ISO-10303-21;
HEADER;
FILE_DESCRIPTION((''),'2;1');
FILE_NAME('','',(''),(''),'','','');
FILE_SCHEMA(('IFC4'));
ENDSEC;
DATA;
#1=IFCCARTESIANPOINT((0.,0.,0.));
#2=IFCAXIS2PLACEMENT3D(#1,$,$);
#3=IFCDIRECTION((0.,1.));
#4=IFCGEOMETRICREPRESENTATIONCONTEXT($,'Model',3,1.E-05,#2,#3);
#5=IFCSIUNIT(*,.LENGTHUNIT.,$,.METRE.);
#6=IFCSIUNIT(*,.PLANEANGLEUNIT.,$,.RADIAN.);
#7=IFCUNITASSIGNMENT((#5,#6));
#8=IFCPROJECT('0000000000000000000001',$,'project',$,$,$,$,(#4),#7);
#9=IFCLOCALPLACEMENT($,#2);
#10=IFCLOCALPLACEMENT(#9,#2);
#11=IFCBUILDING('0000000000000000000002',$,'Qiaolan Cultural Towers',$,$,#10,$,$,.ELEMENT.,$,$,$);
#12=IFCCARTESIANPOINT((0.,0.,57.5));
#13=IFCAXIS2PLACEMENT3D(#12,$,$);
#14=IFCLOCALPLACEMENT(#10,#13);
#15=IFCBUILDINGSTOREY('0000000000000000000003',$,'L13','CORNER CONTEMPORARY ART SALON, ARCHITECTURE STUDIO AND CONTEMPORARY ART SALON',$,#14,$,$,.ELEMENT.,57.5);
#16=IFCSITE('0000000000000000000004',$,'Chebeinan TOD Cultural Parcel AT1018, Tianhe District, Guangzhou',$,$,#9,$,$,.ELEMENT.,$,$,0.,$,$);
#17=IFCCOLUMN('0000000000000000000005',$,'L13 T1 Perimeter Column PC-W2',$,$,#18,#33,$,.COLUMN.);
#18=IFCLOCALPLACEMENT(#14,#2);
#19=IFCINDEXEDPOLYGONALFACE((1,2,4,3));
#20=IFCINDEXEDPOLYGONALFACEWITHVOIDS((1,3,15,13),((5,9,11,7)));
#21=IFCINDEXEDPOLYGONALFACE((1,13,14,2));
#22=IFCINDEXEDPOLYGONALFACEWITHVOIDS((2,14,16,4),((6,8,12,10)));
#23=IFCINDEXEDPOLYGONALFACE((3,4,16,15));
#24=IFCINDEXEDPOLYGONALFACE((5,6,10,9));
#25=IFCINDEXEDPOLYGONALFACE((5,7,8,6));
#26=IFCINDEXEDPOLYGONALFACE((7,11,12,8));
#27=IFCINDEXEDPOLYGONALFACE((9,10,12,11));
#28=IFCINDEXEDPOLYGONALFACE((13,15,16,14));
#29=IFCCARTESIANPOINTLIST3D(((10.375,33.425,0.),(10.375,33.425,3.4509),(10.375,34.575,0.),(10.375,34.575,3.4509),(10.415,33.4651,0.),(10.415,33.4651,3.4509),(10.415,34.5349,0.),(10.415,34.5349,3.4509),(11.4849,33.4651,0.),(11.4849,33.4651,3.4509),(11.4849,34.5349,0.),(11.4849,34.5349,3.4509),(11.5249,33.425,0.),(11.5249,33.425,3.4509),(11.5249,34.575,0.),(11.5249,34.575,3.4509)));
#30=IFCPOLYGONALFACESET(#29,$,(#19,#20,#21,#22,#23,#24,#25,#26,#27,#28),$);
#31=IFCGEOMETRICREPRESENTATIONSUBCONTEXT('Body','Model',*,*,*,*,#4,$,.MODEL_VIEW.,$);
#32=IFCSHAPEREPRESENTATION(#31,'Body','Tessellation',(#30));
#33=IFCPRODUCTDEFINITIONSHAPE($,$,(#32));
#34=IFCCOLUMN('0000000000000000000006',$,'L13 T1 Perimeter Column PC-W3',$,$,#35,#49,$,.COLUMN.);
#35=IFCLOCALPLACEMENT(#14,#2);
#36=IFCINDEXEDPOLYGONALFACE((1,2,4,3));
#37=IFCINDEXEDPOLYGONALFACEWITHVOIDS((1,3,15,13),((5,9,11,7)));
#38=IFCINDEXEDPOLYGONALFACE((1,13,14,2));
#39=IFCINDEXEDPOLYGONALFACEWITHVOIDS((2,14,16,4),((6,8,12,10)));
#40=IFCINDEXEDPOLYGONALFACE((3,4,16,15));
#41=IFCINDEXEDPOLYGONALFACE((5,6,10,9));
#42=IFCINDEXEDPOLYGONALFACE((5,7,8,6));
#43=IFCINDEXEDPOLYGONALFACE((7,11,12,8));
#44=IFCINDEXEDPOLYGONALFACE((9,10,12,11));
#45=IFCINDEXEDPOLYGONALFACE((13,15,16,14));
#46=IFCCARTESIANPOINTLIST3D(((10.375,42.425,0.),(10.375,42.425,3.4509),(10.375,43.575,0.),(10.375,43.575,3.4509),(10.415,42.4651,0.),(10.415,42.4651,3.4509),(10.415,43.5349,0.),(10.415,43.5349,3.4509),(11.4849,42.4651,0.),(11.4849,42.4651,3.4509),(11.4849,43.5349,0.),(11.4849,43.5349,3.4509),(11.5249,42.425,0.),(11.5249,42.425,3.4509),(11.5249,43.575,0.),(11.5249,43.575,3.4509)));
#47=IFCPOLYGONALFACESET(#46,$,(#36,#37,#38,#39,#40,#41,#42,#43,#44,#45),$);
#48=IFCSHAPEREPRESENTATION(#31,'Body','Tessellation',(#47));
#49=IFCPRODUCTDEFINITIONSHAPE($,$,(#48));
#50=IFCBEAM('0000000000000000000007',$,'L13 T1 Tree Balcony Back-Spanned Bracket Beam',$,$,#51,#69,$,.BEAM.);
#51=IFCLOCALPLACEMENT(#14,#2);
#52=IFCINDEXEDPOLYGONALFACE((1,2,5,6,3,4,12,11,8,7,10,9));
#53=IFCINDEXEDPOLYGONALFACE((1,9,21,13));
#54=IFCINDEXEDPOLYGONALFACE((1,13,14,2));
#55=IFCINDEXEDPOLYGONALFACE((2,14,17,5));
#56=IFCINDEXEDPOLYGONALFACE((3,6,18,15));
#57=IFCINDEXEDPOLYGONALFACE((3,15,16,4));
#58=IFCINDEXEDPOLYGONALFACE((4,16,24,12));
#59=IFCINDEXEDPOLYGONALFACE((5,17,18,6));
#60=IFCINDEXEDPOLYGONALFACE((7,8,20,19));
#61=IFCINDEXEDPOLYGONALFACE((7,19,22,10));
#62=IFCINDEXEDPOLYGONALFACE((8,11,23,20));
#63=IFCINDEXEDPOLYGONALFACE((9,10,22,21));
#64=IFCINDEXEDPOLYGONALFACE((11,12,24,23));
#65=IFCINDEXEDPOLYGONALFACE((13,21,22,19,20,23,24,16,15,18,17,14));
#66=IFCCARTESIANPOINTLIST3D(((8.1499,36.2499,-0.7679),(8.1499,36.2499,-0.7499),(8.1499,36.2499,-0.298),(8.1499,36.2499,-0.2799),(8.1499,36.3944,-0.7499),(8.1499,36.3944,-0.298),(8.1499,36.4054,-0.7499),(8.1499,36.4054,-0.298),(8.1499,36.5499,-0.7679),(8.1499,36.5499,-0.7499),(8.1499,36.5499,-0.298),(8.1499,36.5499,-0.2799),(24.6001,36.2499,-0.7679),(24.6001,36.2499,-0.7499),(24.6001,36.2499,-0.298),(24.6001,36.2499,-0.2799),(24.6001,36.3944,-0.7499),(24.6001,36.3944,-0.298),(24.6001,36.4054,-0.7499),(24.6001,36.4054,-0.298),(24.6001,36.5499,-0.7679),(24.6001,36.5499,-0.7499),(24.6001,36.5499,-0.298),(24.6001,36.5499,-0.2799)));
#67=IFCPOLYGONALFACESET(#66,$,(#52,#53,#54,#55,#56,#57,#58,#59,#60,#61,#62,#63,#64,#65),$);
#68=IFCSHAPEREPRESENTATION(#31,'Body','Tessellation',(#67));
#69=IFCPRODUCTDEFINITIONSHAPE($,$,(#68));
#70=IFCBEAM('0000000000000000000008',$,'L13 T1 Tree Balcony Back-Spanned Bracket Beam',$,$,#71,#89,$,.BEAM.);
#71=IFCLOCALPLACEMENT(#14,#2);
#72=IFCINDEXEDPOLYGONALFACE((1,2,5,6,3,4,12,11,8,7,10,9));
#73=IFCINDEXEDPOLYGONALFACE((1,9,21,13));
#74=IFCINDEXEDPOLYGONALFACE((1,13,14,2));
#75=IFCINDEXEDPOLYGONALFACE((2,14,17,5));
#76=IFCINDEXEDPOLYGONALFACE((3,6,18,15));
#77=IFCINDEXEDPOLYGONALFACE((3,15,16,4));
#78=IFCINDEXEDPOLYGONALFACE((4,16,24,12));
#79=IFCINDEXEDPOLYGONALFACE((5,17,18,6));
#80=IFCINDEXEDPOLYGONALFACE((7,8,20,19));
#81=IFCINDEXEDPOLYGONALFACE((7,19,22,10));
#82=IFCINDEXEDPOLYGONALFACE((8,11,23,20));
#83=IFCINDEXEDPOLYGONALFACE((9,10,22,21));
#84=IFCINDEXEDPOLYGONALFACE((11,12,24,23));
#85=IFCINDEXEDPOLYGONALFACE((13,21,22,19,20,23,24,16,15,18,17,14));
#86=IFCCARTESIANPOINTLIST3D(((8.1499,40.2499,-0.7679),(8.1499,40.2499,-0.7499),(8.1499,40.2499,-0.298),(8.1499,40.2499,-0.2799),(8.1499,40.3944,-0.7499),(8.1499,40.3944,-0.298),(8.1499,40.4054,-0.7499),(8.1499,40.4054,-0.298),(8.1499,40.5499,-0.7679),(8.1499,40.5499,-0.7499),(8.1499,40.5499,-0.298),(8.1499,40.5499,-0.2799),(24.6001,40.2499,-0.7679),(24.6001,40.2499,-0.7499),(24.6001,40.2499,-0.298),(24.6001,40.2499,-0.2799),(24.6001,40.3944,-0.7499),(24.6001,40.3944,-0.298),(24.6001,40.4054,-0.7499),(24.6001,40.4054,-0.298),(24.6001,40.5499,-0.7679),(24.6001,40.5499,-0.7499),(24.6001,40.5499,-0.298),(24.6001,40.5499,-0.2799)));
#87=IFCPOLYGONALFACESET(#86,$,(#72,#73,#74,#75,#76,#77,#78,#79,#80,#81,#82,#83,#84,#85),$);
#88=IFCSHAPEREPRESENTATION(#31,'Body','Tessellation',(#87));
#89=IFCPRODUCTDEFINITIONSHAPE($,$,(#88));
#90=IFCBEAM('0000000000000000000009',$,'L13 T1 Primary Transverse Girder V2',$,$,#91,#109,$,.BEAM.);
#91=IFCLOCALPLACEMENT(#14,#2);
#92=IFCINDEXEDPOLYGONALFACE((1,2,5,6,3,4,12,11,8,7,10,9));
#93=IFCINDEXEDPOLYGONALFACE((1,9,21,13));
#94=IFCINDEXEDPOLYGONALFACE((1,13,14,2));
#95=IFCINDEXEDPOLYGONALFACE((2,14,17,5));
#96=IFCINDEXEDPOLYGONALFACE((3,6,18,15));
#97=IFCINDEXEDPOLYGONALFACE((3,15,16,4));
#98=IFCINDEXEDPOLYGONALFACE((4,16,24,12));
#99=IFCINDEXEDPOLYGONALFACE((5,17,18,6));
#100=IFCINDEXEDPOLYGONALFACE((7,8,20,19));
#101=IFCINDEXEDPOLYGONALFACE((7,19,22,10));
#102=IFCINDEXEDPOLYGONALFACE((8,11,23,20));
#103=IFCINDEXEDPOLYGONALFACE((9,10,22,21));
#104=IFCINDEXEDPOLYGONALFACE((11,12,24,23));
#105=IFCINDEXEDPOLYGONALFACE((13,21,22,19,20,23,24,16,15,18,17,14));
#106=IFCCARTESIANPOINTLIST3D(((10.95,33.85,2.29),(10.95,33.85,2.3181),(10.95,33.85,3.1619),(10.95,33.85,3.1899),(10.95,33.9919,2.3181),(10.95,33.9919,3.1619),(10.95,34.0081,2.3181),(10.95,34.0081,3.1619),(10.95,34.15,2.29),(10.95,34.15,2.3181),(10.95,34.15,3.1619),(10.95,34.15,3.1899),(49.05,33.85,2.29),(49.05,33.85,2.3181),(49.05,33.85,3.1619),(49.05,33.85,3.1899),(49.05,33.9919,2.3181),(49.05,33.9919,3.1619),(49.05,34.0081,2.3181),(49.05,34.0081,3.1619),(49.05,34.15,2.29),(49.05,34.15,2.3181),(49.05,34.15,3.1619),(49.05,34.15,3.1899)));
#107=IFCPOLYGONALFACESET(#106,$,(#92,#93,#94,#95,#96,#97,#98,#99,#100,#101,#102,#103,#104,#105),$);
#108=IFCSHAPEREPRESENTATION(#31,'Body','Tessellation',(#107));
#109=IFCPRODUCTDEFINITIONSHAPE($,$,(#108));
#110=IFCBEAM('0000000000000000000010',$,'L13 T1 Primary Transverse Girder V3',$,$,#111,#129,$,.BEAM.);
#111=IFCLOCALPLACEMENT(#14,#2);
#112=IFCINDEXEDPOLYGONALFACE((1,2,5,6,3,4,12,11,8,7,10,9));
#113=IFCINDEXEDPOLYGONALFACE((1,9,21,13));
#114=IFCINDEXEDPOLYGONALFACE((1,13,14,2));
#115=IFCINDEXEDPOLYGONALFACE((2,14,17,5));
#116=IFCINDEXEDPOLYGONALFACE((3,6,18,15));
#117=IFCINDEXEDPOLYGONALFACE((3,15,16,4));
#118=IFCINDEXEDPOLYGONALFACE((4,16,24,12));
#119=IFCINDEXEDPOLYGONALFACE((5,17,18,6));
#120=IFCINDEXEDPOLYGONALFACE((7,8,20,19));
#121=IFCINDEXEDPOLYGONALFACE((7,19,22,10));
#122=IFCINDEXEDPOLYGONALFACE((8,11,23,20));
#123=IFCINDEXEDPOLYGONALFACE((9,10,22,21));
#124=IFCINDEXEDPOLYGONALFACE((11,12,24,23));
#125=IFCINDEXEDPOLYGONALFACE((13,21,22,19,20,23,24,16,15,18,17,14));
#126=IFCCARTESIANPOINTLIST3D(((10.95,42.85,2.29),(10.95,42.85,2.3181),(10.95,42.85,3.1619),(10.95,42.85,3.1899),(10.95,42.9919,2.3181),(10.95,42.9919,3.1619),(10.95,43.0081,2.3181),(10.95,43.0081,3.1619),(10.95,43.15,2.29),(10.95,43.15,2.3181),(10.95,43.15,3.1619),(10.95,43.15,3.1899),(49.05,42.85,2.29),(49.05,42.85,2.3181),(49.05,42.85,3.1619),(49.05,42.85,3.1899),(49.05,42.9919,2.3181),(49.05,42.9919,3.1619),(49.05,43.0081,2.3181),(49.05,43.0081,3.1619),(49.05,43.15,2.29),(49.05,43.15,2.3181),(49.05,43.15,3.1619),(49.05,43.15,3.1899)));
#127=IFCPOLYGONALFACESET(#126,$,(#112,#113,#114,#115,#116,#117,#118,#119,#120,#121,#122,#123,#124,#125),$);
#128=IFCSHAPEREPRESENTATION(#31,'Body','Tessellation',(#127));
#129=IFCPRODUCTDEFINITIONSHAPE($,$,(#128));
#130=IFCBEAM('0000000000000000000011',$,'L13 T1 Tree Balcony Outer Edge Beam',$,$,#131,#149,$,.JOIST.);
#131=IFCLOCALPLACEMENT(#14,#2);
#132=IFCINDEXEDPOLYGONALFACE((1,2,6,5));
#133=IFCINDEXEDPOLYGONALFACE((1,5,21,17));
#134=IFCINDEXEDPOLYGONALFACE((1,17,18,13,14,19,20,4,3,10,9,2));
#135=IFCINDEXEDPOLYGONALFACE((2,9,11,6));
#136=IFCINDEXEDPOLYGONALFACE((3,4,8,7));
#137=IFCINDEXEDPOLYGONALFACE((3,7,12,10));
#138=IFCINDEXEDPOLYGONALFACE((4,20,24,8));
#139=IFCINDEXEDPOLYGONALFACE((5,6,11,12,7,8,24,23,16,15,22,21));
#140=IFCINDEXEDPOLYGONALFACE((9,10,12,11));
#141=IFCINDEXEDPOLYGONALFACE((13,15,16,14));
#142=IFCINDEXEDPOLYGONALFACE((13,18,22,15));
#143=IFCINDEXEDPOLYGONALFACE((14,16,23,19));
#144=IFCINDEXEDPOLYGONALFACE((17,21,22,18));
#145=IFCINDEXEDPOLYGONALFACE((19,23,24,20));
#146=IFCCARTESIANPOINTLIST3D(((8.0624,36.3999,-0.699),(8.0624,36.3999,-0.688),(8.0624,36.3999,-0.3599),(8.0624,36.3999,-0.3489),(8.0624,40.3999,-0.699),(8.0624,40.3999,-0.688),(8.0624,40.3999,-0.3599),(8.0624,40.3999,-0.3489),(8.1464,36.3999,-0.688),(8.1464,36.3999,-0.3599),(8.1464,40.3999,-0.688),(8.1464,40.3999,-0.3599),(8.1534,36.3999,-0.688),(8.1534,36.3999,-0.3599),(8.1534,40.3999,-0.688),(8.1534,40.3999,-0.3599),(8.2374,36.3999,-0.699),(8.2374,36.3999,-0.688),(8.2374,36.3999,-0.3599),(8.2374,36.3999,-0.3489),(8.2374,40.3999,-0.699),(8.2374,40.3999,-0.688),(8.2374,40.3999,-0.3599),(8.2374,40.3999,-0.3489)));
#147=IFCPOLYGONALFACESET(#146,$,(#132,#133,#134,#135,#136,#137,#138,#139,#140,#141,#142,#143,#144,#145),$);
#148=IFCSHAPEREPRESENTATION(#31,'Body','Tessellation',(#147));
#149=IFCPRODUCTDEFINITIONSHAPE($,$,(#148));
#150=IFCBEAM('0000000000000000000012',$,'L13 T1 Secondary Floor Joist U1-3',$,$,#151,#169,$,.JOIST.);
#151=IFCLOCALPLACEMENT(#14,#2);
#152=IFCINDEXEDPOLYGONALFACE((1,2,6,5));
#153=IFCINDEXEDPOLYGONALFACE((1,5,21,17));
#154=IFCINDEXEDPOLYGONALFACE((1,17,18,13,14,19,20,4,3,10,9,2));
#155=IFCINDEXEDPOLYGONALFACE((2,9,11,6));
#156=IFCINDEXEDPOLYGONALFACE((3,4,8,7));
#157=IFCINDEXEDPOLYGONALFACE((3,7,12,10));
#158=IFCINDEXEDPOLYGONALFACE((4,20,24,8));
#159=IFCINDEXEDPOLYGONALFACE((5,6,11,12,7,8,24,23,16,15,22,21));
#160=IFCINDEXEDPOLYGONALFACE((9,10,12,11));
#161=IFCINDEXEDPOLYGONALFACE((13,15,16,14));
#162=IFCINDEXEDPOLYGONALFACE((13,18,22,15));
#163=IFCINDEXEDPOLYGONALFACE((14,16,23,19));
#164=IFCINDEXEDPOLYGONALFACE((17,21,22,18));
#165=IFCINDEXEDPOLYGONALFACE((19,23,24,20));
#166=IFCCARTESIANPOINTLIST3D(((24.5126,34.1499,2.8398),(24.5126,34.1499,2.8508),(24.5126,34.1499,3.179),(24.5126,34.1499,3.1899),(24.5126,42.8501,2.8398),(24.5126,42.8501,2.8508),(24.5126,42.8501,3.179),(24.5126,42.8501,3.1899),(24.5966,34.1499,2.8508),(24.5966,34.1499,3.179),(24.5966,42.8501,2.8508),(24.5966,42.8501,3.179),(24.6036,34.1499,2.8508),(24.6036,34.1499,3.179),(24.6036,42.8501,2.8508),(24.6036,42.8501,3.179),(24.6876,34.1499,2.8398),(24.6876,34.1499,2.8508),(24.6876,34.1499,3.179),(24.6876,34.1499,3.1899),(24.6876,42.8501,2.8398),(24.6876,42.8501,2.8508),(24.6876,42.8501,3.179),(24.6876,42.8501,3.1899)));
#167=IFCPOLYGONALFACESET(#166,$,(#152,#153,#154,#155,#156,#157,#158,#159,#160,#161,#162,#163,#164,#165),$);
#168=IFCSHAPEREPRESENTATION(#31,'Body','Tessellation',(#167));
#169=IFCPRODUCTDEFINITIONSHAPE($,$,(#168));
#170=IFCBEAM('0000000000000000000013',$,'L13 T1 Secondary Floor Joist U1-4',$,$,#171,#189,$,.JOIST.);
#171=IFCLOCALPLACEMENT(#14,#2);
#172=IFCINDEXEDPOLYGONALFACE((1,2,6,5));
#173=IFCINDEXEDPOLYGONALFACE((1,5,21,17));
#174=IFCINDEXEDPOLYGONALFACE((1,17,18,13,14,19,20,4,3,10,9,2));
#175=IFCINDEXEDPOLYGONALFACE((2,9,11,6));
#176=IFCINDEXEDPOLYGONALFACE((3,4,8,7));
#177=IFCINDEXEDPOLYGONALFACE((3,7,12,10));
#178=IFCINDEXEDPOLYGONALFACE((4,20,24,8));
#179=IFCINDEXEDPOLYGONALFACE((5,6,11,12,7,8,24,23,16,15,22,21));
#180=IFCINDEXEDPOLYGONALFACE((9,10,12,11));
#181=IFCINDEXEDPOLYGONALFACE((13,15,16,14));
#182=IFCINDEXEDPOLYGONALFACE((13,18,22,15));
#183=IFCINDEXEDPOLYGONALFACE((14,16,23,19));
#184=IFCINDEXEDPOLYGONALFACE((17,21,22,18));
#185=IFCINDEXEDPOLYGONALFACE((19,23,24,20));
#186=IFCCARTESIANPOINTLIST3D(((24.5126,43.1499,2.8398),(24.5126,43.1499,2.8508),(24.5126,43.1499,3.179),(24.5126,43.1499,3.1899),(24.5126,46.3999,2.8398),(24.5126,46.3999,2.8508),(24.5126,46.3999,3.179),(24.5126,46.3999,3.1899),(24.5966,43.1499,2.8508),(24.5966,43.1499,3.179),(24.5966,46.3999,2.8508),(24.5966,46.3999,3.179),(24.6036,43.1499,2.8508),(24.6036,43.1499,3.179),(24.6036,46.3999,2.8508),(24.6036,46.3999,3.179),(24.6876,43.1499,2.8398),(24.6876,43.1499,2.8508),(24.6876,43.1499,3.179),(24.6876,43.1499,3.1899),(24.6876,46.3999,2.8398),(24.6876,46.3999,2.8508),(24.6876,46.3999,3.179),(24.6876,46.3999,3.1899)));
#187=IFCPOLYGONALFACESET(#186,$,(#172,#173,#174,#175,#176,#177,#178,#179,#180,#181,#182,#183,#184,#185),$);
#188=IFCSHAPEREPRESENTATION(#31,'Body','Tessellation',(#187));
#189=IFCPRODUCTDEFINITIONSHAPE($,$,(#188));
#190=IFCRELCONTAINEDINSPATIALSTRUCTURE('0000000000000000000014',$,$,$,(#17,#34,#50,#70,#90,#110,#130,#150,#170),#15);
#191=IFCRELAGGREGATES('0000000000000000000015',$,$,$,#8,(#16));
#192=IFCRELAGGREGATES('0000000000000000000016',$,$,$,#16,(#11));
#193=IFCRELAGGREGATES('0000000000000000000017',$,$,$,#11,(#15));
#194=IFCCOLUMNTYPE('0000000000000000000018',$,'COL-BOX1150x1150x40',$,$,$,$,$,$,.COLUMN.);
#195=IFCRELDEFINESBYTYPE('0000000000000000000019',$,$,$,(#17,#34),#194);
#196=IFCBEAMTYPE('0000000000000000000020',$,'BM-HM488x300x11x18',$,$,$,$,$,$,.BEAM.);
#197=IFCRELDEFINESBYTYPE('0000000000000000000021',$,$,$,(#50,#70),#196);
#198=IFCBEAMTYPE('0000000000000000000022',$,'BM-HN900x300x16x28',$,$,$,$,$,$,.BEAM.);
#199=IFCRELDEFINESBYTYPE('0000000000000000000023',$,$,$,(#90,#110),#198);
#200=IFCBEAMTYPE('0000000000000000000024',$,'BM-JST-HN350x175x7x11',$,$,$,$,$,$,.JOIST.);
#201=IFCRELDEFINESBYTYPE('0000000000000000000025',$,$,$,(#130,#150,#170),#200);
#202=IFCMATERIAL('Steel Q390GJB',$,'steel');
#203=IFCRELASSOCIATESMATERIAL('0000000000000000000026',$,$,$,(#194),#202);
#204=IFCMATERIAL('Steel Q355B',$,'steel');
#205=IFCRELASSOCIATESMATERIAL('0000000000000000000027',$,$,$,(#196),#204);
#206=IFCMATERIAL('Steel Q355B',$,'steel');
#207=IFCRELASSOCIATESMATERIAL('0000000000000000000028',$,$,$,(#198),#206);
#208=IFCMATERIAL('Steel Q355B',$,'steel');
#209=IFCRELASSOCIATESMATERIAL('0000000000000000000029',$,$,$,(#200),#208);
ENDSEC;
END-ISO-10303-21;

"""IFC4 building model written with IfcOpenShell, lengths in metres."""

from ifc_helpers import new_model, si_unit, direction, frame, origin, origin_2d, place, context, subcontext, project, spatial, hollow_rectangle, i_section, extrude, material, material_profile, profile_set, type_object, element, save


model = new_model("IFC4")

# Units and contexts
model_context = context("Model", 3, precision=1e-05, world=origin(), true_north=direction((0.0, 1.0)))
body_context = subcontext(model_context, "Body", "Model", "MODEL_VIEW")
ifc_project = project(units=[si_unit("LENGTHUNIT", "METRE"), si_unit("PLANEANGLEUNIT", "RADIAN")], contexts=[model_context])

# Site, building, storey
site_placement = place(None, origin())
site = spatial("IfcSite", under=ifc_project, at=site_placement, Name="Chebeinan TOD Cultural Parcel AT1018, Tianhe District, Guangzhou", CompositionType="ELEMENT", RefElevation=0.0)
building_placement = place(site_placement, origin())
building = spatial("IfcBuilding", under=site, at=building_placement, Name="Qiaolan Cultural Towers", CompositionType="ELEMENT")
storey_placement = place(building_placement, frame((0.0, 0.0, 57.5)))
storey = spatial("IfcBuildingStorey", under=building, at=storey_placement, Name="L13", Description="CORNER CONTEMPORARY ART SALON, ARCHITECTURE STUDIO AND CONTEMPORARY ART SALON", CompositionType="ELEMENT", Elevation=57.5)

# Columns
ifc_material_1 = material(Name="Steel Q390GJB", Category="steel")
ifc_material_profile_1 = material_profile(ifc_material_1, hollow_rectangle(XDim=1.1499, YDim=1.1499, WallThickness=0.04, at=origin_2d()), Name="BOX1150x1150x40")
ifc_profile_set_1 = profile_set([ifc_material_profile_1], Name="Steel Q390GJB")
column_type = type_object("IfcColumnType", Name="COL-BOX1150x1150x40", PredefinedType="COLUMN", material=ifc_profile_set_1)
for number, where, z_axis, x_axis, name in (
    (1, (10.95, 34.0, 0.0), (0.0, 0.0, 1.0), (1.0, 0.0, 0.0), "L13 T1 Perimeter Column PC-W2"),
    (2, (10.95, 43.0, 0.0), (0.0, 0.0, 1.0), (1.0, 0.0, 0.0), "L13 T1 Perimeter Column PC-W3"),
):
    element("IfcColumn", number, at=place(storey_placement, frame(where, z_axis=z_axis, x_axis=x_axis)), inside=storey, type_object=column_type, Name=name, PredefinedType="COLUMN", context=body_context, shape_type="SweptSolid", body=[
        extrude(hollow_rectangle(XDim=1.1499, YDim=1.1499, WallThickness=0.04, at=origin_2d()), origin(), (0.0, 0.0, 1.0), 3.4509),
    ])

# Beams
ifc_material_2 = material(Name="Steel Q355B", Category="steel")
ifc_material_profile_2 = material_profile(ifc_material_2, i_section(OverallWidth=0.3, OverallDepth=0.488, WebThickness=0.011, FlangeThickness=0.0181, at=origin_2d()), Name="HM488x300x11x18")
ifc_profile_set_2 = profile_set([ifc_material_profile_2], Name="Steel Q355B")
beam_type_1 = type_object("IfcBeamType", Name="BM-HM488x300x11x18", PredefinedType="BEAM", material=ifc_profile_set_2)
for number, where, z_axis, x_axis, name in (
    (3, (24.6001, 36.3999, -0.5239), (-1.0, 0.0, 0.0), (0.0, -1.0, 0.0), "L13 T1 Tree Balcony Back-Spanned Bracket Beam"),
    (4, (24.6001, 40.3999, -0.5239), (-1.0, 0.0, 0.0), (0.0, -1.0, 0.0), "L13 T1 Tree Balcony Back-Spanned Bracket Beam"),
):
    element("IfcBeam", number, at=place(storey_placement, frame(where, z_axis=z_axis, x_axis=x_axis)), inside=storey, type_object=beam_type_1, Name=name, PredefinedType="BEAM", context=body_context, shape_type="SweptSolid", body=[
        extrude(i_section(OverallWidth=0.3, OverallDepth=0.488, WebThickness=0.011, FlangeThickness=0.0181, at=origin_2d()), origin(), (0.0, 0.0, 1.0), 16.4502),
    ])
ifc_material_3 = material(Name="Steel Q355B", Category="steel")
ifc_material_profile_3 = material_profile(ifc_material_3, i_section(OverallWidth=0.3, OverallDepth=0.8999, WebThickness=0.0161, FlangeThickness=0.0281, at=origin_2d()), Name="HN900x300x16x28")
ifc_profile_set_3 = profile_set([ifc_material_profile_3], Name="Steel Q355B")
beam_type_2 = type_object("IfcBeamType", Name="BM-HN900x300x16x28", PredefinedType="BEAM", material=ifc_profile_set_3)
for number, where, z_axis, x_axis, name in (
    (5, (10.95, 34.0, 2.74), (1.0, 0.0, 0.0), (0.0, 1.0, 0.0), "L13 T1 Primary Transverse Girder V2"),
    (6, (10.95, 43.0, 2.74), (1.0, 0.0, 0.0), (0.0, 1.0, 0.0), "L13 T1 Primary Transverse Girder V3"),
):
    element("IfcBeam", number, at=place(storey_placement, frame(where, z_axis=z_axis, x_axis=x_axis)), inside=storey, type_object=beam_type_2, Name=name, PredefinedType="BEAM", context=body_context, shape_type="SweptSolid", body=[
        extrude(i_section(OverallWidth=0.3, OverallDepth=0.8999, WebThickness=0.0161, FlangeThickness=0.0281, at=origin_2d()), origin(), (0.0, 0.0, 1.0), 38.1001),
    ])
ifc_material_4 = material(Name="Steel Q355B", Category="steel")
ifc_material_profile_4 = material_profile(ifc_material_4, i_section(OverallWidth=0.175, OverallDepth=0.3501, WebThickness=0.0071, FlangeThickness=0.011, at=origin_2d()), Name="HN350x175x7x11")
ifc_profile_set_4 = profile_set([ifc_material_profile_4], Name="Steel Q355B")
beam_type_3 = type_object("IfcBeamType", Name="BM-JST-HN350x175x7x11", PredefinedType="JOIST", material=ifc_profile_set_4)
beam_1_placement = place(storey_placement, frame((8.1499, 36.3999, -0.5239), z_axis=(0.0, 1.0, 0.0), x_axis=(-1.0, 0.0, 0.0)))
element("IfcBeam", 7, at=beam_1_placement, inside=storey, type_object=beam_type_3, Name="L13 T1 Tree Balcony Outer Edge Beam", PredefinedType="JOIST", context=body_context, shape_type="SweptSolid", body=[
    extrude(i_section(OverallWidth=0.175, OverallDepth=0.3501, WebThickness=0.0071, FlangeThickness=0.011, at=origin_2d()), origin(), (0.0, 0.0, 1.0), 4.0),
])
beam_2_placement = place(storey_placement, frame((24.6001, 34.1499, 3.0149), z_axis=(0.0, 1.0, 0.0), x_axis=(-1.0, 0.0, 0.0)))
element("IfcBeam", 8, at=beam_2_placement, inside=storey, type_object=beam_type_3, Name="L13 T1 Secondary Floor Joist U1-3", PredefinedType="JOIST", context=body_context, shape_type="SweptSolid", body=[
    extrude(i_section(OverallWidth=0.175, OverallDepth=0.3501, WebThickness=0.0071, FlangeThickness=0.011, at=origin_2d()), origin(), (0.0, 0.0, 1.0), 8.7002),
])
beam_3_placement = place(storey_placement, frame((24.6001, 43.1499, 3.0149), z_axis=(0.0, 1.0, 0.0), x_axis=(-1.0, 0.0, 0.0)))
element("IfcBeam", 9, at=beam_3_placement, inside=storey, type_object=beam_type_3, Name="L13 T1 Secondary Floor Joist U1-4", PredefinedType="JOIST", context=body_context, shape_type="SweptSolid", body=[
    extrude(i_section(OverallWidth=0.175, OverallDepth=0.3501, WebThickness=0.0071, FlangeThickness=0.011, at=origin_2d()), origin(), (0.0, 0.0, 1.0), 3.25),
])

save(model, "model.ifc")
